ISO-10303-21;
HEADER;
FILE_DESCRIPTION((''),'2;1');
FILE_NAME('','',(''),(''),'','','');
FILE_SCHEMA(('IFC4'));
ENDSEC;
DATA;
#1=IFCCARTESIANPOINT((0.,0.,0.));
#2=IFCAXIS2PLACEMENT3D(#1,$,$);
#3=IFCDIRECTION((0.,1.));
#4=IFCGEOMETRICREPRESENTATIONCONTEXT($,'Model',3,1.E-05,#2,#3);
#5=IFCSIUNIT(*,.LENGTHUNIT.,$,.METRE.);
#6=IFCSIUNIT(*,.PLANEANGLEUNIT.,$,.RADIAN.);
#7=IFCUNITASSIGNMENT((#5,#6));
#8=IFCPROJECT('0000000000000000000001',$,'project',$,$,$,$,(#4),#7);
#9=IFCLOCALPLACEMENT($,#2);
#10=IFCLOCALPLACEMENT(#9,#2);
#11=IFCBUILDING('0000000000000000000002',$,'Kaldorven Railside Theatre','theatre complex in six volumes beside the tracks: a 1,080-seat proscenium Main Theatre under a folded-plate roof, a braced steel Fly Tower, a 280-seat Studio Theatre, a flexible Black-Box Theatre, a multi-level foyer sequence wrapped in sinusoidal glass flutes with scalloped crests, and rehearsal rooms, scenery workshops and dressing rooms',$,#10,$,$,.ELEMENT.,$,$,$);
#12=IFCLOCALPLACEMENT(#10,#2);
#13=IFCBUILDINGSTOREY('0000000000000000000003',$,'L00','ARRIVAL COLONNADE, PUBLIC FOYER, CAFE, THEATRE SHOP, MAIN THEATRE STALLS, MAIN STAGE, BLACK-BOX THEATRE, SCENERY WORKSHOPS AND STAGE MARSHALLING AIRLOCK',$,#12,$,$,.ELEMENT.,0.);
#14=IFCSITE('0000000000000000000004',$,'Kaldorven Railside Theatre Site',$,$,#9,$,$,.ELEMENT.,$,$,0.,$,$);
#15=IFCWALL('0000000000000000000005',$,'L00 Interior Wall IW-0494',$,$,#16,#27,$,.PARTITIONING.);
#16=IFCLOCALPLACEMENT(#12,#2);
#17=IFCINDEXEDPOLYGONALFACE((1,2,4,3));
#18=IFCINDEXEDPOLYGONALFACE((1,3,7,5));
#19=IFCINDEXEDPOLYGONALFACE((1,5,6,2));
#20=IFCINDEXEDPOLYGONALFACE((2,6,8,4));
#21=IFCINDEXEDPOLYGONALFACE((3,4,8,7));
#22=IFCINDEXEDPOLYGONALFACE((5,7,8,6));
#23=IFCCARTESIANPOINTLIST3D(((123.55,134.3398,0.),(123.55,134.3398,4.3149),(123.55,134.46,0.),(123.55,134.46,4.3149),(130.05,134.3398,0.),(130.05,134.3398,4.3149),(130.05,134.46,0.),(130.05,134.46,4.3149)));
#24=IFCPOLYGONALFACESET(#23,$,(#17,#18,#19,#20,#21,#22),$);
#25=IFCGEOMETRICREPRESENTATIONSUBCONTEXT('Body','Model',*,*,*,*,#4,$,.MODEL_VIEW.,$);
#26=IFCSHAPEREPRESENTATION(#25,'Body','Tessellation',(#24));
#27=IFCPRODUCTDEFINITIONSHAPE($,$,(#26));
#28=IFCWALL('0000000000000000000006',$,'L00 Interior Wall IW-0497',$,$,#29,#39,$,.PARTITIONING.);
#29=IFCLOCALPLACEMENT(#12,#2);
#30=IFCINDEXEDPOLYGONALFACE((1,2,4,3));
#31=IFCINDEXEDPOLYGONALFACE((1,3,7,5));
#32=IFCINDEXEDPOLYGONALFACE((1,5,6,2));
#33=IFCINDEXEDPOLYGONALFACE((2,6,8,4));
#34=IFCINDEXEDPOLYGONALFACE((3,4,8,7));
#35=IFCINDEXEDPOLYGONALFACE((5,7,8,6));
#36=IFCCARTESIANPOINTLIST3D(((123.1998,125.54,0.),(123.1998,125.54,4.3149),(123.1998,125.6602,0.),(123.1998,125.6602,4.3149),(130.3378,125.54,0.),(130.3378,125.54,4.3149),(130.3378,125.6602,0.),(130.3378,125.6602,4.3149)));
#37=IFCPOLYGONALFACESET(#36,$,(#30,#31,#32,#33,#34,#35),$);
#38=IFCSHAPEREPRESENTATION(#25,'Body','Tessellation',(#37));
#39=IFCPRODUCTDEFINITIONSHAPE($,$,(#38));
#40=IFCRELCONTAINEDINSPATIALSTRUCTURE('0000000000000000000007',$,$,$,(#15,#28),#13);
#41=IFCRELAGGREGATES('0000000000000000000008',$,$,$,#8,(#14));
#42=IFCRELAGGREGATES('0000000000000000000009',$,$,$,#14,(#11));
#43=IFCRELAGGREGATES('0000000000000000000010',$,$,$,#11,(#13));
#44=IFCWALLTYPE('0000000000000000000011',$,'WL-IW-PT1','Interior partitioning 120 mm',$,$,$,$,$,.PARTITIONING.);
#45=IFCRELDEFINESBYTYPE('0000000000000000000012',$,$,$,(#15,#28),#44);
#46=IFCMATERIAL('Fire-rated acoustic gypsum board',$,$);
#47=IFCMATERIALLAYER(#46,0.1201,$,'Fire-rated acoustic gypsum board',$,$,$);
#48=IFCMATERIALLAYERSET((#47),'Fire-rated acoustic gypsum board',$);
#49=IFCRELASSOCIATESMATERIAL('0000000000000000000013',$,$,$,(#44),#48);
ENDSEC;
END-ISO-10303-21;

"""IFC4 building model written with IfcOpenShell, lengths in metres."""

from ifc_helpers import new_model, si_unit, direction, frame, frame_2d, origin, place, context, subcontext, project, spatial, rectangle, extrude, material, layer, layer_set, type_object, element, save


model = new_model("IFC4")

# Units and contexts
model_context = context("Model", 3, precision=1e-05, world=origin(), true_north=direction((0.0, 1.0)))
body_context = subcontext(model_context, "Body", "Model", "MODEL_VIEW")
ifc_project = project(units=[si_unit("LENGTHUNIT", "METRE"), si_unit("PLANEANGLEUNIT", "RADIAN")], contexts=[model_context])

# Site, building, storey
site_placement = place(None, origin())
site = spatial("IfcSite", under=ifc_project, at=site_placement, Name="Kaldorven Railside Theatre Site", CompositionType="ELEMENT", RefElevation=0.0)
building_placement = place(site_placement, origin())
building = spatial("IfcBuilding", under=site, at=building_placement, Name="Kaldorven Railside Theatre", Description="theatre complex in six volumes beside the tracks: a 1,080-seat proscenium Main Theatre under a folded-plate roof, a braced steel Fly Tower, a 280-seat Studio Theatre, a flexible Black-Box Theatre, a multi-level foyer sequence wrapped in sinusoidal glass flutes with scalloped crests, and rehearsal rooms, scenery workshops and dressing rooms", CompositionType="ELEMENT")
storey_placement = place(building_placement, origin())
storey = spatial("IfcBuildingStorey", under=building, at=storey_placement, Name="L00", Description="ARRIVAL COLONNADE, PUBLIC FOYER, CAFE, THEATRE SHOP, MAIN THEATRE STALLS, MAIN STAGE, BLACK-BOX THEATRE, SCENERY WORKSHOPS AND STAGE MARSHALLING AIRLOCK", CompositionType="ELEMENT", Elevation=0.0)

# Walls
ifc_material_1 = material(Name="Fire-rated acoustic gypsum board")
ifc_layer_1 = layer(ifc_material_1, 0.1201, Name="Fire-rated acoustic gypsum board")
ifc_layer_set_1 = layer_set([ifc_layer_1], Name="Fire-rated acoustic gypsum board")
wall_type_1 = type_object("IfcWallType", Name="WL-IW-PT1", Description="Interior partitioning 120 mm", PredefinedType="PARTITIONING", material=ifc_layer_set_1)
wall_1_placement = place(storey_placement, frame((130.05, 134.3999, 0.0), z_axis=(0.0, 0.0, 1.0), x_axis=(-1.0, 0.0, 0.0)))
element("IfcWall", 1, at=wall_1_placement, inside=storey, type_object=wall_type_1, Name="L00 Interior Wall IW-0494", PredefinedType="PARTITIONING", context=body_context, shape_type="SweptSolid", body=[
    extrude(rectangle(XDim=6.5, YDim=0.1201, at=frame_2d((3.25, 0.0))), origin(), (0.0, 0.0, 1.0), 4.3149),
])
wall_2_placement = place(storey_placement, frame((123.2, 125.6001, 0.0), z_axis=(0.0, 0.0, 1.0), x_axis=(1.0, 0.0, 0.0)))
element("IfcWall", 2, at=wall_2_placement, inside=storey, type_object=wall_type_1, Name="L00 Interior Wall IW-0497", PredefinedType="PARTITIONING", context=body_context, shape_type="SweptSolid", body=[
    extrude(rectangle(XDim=7.1379, YDim=0.1201, at=frame_2d((3.5688, 0.0))), origin(), (0.0, 0.0, 1.0), 4.3149),
])

save(model, "model.ifc")
